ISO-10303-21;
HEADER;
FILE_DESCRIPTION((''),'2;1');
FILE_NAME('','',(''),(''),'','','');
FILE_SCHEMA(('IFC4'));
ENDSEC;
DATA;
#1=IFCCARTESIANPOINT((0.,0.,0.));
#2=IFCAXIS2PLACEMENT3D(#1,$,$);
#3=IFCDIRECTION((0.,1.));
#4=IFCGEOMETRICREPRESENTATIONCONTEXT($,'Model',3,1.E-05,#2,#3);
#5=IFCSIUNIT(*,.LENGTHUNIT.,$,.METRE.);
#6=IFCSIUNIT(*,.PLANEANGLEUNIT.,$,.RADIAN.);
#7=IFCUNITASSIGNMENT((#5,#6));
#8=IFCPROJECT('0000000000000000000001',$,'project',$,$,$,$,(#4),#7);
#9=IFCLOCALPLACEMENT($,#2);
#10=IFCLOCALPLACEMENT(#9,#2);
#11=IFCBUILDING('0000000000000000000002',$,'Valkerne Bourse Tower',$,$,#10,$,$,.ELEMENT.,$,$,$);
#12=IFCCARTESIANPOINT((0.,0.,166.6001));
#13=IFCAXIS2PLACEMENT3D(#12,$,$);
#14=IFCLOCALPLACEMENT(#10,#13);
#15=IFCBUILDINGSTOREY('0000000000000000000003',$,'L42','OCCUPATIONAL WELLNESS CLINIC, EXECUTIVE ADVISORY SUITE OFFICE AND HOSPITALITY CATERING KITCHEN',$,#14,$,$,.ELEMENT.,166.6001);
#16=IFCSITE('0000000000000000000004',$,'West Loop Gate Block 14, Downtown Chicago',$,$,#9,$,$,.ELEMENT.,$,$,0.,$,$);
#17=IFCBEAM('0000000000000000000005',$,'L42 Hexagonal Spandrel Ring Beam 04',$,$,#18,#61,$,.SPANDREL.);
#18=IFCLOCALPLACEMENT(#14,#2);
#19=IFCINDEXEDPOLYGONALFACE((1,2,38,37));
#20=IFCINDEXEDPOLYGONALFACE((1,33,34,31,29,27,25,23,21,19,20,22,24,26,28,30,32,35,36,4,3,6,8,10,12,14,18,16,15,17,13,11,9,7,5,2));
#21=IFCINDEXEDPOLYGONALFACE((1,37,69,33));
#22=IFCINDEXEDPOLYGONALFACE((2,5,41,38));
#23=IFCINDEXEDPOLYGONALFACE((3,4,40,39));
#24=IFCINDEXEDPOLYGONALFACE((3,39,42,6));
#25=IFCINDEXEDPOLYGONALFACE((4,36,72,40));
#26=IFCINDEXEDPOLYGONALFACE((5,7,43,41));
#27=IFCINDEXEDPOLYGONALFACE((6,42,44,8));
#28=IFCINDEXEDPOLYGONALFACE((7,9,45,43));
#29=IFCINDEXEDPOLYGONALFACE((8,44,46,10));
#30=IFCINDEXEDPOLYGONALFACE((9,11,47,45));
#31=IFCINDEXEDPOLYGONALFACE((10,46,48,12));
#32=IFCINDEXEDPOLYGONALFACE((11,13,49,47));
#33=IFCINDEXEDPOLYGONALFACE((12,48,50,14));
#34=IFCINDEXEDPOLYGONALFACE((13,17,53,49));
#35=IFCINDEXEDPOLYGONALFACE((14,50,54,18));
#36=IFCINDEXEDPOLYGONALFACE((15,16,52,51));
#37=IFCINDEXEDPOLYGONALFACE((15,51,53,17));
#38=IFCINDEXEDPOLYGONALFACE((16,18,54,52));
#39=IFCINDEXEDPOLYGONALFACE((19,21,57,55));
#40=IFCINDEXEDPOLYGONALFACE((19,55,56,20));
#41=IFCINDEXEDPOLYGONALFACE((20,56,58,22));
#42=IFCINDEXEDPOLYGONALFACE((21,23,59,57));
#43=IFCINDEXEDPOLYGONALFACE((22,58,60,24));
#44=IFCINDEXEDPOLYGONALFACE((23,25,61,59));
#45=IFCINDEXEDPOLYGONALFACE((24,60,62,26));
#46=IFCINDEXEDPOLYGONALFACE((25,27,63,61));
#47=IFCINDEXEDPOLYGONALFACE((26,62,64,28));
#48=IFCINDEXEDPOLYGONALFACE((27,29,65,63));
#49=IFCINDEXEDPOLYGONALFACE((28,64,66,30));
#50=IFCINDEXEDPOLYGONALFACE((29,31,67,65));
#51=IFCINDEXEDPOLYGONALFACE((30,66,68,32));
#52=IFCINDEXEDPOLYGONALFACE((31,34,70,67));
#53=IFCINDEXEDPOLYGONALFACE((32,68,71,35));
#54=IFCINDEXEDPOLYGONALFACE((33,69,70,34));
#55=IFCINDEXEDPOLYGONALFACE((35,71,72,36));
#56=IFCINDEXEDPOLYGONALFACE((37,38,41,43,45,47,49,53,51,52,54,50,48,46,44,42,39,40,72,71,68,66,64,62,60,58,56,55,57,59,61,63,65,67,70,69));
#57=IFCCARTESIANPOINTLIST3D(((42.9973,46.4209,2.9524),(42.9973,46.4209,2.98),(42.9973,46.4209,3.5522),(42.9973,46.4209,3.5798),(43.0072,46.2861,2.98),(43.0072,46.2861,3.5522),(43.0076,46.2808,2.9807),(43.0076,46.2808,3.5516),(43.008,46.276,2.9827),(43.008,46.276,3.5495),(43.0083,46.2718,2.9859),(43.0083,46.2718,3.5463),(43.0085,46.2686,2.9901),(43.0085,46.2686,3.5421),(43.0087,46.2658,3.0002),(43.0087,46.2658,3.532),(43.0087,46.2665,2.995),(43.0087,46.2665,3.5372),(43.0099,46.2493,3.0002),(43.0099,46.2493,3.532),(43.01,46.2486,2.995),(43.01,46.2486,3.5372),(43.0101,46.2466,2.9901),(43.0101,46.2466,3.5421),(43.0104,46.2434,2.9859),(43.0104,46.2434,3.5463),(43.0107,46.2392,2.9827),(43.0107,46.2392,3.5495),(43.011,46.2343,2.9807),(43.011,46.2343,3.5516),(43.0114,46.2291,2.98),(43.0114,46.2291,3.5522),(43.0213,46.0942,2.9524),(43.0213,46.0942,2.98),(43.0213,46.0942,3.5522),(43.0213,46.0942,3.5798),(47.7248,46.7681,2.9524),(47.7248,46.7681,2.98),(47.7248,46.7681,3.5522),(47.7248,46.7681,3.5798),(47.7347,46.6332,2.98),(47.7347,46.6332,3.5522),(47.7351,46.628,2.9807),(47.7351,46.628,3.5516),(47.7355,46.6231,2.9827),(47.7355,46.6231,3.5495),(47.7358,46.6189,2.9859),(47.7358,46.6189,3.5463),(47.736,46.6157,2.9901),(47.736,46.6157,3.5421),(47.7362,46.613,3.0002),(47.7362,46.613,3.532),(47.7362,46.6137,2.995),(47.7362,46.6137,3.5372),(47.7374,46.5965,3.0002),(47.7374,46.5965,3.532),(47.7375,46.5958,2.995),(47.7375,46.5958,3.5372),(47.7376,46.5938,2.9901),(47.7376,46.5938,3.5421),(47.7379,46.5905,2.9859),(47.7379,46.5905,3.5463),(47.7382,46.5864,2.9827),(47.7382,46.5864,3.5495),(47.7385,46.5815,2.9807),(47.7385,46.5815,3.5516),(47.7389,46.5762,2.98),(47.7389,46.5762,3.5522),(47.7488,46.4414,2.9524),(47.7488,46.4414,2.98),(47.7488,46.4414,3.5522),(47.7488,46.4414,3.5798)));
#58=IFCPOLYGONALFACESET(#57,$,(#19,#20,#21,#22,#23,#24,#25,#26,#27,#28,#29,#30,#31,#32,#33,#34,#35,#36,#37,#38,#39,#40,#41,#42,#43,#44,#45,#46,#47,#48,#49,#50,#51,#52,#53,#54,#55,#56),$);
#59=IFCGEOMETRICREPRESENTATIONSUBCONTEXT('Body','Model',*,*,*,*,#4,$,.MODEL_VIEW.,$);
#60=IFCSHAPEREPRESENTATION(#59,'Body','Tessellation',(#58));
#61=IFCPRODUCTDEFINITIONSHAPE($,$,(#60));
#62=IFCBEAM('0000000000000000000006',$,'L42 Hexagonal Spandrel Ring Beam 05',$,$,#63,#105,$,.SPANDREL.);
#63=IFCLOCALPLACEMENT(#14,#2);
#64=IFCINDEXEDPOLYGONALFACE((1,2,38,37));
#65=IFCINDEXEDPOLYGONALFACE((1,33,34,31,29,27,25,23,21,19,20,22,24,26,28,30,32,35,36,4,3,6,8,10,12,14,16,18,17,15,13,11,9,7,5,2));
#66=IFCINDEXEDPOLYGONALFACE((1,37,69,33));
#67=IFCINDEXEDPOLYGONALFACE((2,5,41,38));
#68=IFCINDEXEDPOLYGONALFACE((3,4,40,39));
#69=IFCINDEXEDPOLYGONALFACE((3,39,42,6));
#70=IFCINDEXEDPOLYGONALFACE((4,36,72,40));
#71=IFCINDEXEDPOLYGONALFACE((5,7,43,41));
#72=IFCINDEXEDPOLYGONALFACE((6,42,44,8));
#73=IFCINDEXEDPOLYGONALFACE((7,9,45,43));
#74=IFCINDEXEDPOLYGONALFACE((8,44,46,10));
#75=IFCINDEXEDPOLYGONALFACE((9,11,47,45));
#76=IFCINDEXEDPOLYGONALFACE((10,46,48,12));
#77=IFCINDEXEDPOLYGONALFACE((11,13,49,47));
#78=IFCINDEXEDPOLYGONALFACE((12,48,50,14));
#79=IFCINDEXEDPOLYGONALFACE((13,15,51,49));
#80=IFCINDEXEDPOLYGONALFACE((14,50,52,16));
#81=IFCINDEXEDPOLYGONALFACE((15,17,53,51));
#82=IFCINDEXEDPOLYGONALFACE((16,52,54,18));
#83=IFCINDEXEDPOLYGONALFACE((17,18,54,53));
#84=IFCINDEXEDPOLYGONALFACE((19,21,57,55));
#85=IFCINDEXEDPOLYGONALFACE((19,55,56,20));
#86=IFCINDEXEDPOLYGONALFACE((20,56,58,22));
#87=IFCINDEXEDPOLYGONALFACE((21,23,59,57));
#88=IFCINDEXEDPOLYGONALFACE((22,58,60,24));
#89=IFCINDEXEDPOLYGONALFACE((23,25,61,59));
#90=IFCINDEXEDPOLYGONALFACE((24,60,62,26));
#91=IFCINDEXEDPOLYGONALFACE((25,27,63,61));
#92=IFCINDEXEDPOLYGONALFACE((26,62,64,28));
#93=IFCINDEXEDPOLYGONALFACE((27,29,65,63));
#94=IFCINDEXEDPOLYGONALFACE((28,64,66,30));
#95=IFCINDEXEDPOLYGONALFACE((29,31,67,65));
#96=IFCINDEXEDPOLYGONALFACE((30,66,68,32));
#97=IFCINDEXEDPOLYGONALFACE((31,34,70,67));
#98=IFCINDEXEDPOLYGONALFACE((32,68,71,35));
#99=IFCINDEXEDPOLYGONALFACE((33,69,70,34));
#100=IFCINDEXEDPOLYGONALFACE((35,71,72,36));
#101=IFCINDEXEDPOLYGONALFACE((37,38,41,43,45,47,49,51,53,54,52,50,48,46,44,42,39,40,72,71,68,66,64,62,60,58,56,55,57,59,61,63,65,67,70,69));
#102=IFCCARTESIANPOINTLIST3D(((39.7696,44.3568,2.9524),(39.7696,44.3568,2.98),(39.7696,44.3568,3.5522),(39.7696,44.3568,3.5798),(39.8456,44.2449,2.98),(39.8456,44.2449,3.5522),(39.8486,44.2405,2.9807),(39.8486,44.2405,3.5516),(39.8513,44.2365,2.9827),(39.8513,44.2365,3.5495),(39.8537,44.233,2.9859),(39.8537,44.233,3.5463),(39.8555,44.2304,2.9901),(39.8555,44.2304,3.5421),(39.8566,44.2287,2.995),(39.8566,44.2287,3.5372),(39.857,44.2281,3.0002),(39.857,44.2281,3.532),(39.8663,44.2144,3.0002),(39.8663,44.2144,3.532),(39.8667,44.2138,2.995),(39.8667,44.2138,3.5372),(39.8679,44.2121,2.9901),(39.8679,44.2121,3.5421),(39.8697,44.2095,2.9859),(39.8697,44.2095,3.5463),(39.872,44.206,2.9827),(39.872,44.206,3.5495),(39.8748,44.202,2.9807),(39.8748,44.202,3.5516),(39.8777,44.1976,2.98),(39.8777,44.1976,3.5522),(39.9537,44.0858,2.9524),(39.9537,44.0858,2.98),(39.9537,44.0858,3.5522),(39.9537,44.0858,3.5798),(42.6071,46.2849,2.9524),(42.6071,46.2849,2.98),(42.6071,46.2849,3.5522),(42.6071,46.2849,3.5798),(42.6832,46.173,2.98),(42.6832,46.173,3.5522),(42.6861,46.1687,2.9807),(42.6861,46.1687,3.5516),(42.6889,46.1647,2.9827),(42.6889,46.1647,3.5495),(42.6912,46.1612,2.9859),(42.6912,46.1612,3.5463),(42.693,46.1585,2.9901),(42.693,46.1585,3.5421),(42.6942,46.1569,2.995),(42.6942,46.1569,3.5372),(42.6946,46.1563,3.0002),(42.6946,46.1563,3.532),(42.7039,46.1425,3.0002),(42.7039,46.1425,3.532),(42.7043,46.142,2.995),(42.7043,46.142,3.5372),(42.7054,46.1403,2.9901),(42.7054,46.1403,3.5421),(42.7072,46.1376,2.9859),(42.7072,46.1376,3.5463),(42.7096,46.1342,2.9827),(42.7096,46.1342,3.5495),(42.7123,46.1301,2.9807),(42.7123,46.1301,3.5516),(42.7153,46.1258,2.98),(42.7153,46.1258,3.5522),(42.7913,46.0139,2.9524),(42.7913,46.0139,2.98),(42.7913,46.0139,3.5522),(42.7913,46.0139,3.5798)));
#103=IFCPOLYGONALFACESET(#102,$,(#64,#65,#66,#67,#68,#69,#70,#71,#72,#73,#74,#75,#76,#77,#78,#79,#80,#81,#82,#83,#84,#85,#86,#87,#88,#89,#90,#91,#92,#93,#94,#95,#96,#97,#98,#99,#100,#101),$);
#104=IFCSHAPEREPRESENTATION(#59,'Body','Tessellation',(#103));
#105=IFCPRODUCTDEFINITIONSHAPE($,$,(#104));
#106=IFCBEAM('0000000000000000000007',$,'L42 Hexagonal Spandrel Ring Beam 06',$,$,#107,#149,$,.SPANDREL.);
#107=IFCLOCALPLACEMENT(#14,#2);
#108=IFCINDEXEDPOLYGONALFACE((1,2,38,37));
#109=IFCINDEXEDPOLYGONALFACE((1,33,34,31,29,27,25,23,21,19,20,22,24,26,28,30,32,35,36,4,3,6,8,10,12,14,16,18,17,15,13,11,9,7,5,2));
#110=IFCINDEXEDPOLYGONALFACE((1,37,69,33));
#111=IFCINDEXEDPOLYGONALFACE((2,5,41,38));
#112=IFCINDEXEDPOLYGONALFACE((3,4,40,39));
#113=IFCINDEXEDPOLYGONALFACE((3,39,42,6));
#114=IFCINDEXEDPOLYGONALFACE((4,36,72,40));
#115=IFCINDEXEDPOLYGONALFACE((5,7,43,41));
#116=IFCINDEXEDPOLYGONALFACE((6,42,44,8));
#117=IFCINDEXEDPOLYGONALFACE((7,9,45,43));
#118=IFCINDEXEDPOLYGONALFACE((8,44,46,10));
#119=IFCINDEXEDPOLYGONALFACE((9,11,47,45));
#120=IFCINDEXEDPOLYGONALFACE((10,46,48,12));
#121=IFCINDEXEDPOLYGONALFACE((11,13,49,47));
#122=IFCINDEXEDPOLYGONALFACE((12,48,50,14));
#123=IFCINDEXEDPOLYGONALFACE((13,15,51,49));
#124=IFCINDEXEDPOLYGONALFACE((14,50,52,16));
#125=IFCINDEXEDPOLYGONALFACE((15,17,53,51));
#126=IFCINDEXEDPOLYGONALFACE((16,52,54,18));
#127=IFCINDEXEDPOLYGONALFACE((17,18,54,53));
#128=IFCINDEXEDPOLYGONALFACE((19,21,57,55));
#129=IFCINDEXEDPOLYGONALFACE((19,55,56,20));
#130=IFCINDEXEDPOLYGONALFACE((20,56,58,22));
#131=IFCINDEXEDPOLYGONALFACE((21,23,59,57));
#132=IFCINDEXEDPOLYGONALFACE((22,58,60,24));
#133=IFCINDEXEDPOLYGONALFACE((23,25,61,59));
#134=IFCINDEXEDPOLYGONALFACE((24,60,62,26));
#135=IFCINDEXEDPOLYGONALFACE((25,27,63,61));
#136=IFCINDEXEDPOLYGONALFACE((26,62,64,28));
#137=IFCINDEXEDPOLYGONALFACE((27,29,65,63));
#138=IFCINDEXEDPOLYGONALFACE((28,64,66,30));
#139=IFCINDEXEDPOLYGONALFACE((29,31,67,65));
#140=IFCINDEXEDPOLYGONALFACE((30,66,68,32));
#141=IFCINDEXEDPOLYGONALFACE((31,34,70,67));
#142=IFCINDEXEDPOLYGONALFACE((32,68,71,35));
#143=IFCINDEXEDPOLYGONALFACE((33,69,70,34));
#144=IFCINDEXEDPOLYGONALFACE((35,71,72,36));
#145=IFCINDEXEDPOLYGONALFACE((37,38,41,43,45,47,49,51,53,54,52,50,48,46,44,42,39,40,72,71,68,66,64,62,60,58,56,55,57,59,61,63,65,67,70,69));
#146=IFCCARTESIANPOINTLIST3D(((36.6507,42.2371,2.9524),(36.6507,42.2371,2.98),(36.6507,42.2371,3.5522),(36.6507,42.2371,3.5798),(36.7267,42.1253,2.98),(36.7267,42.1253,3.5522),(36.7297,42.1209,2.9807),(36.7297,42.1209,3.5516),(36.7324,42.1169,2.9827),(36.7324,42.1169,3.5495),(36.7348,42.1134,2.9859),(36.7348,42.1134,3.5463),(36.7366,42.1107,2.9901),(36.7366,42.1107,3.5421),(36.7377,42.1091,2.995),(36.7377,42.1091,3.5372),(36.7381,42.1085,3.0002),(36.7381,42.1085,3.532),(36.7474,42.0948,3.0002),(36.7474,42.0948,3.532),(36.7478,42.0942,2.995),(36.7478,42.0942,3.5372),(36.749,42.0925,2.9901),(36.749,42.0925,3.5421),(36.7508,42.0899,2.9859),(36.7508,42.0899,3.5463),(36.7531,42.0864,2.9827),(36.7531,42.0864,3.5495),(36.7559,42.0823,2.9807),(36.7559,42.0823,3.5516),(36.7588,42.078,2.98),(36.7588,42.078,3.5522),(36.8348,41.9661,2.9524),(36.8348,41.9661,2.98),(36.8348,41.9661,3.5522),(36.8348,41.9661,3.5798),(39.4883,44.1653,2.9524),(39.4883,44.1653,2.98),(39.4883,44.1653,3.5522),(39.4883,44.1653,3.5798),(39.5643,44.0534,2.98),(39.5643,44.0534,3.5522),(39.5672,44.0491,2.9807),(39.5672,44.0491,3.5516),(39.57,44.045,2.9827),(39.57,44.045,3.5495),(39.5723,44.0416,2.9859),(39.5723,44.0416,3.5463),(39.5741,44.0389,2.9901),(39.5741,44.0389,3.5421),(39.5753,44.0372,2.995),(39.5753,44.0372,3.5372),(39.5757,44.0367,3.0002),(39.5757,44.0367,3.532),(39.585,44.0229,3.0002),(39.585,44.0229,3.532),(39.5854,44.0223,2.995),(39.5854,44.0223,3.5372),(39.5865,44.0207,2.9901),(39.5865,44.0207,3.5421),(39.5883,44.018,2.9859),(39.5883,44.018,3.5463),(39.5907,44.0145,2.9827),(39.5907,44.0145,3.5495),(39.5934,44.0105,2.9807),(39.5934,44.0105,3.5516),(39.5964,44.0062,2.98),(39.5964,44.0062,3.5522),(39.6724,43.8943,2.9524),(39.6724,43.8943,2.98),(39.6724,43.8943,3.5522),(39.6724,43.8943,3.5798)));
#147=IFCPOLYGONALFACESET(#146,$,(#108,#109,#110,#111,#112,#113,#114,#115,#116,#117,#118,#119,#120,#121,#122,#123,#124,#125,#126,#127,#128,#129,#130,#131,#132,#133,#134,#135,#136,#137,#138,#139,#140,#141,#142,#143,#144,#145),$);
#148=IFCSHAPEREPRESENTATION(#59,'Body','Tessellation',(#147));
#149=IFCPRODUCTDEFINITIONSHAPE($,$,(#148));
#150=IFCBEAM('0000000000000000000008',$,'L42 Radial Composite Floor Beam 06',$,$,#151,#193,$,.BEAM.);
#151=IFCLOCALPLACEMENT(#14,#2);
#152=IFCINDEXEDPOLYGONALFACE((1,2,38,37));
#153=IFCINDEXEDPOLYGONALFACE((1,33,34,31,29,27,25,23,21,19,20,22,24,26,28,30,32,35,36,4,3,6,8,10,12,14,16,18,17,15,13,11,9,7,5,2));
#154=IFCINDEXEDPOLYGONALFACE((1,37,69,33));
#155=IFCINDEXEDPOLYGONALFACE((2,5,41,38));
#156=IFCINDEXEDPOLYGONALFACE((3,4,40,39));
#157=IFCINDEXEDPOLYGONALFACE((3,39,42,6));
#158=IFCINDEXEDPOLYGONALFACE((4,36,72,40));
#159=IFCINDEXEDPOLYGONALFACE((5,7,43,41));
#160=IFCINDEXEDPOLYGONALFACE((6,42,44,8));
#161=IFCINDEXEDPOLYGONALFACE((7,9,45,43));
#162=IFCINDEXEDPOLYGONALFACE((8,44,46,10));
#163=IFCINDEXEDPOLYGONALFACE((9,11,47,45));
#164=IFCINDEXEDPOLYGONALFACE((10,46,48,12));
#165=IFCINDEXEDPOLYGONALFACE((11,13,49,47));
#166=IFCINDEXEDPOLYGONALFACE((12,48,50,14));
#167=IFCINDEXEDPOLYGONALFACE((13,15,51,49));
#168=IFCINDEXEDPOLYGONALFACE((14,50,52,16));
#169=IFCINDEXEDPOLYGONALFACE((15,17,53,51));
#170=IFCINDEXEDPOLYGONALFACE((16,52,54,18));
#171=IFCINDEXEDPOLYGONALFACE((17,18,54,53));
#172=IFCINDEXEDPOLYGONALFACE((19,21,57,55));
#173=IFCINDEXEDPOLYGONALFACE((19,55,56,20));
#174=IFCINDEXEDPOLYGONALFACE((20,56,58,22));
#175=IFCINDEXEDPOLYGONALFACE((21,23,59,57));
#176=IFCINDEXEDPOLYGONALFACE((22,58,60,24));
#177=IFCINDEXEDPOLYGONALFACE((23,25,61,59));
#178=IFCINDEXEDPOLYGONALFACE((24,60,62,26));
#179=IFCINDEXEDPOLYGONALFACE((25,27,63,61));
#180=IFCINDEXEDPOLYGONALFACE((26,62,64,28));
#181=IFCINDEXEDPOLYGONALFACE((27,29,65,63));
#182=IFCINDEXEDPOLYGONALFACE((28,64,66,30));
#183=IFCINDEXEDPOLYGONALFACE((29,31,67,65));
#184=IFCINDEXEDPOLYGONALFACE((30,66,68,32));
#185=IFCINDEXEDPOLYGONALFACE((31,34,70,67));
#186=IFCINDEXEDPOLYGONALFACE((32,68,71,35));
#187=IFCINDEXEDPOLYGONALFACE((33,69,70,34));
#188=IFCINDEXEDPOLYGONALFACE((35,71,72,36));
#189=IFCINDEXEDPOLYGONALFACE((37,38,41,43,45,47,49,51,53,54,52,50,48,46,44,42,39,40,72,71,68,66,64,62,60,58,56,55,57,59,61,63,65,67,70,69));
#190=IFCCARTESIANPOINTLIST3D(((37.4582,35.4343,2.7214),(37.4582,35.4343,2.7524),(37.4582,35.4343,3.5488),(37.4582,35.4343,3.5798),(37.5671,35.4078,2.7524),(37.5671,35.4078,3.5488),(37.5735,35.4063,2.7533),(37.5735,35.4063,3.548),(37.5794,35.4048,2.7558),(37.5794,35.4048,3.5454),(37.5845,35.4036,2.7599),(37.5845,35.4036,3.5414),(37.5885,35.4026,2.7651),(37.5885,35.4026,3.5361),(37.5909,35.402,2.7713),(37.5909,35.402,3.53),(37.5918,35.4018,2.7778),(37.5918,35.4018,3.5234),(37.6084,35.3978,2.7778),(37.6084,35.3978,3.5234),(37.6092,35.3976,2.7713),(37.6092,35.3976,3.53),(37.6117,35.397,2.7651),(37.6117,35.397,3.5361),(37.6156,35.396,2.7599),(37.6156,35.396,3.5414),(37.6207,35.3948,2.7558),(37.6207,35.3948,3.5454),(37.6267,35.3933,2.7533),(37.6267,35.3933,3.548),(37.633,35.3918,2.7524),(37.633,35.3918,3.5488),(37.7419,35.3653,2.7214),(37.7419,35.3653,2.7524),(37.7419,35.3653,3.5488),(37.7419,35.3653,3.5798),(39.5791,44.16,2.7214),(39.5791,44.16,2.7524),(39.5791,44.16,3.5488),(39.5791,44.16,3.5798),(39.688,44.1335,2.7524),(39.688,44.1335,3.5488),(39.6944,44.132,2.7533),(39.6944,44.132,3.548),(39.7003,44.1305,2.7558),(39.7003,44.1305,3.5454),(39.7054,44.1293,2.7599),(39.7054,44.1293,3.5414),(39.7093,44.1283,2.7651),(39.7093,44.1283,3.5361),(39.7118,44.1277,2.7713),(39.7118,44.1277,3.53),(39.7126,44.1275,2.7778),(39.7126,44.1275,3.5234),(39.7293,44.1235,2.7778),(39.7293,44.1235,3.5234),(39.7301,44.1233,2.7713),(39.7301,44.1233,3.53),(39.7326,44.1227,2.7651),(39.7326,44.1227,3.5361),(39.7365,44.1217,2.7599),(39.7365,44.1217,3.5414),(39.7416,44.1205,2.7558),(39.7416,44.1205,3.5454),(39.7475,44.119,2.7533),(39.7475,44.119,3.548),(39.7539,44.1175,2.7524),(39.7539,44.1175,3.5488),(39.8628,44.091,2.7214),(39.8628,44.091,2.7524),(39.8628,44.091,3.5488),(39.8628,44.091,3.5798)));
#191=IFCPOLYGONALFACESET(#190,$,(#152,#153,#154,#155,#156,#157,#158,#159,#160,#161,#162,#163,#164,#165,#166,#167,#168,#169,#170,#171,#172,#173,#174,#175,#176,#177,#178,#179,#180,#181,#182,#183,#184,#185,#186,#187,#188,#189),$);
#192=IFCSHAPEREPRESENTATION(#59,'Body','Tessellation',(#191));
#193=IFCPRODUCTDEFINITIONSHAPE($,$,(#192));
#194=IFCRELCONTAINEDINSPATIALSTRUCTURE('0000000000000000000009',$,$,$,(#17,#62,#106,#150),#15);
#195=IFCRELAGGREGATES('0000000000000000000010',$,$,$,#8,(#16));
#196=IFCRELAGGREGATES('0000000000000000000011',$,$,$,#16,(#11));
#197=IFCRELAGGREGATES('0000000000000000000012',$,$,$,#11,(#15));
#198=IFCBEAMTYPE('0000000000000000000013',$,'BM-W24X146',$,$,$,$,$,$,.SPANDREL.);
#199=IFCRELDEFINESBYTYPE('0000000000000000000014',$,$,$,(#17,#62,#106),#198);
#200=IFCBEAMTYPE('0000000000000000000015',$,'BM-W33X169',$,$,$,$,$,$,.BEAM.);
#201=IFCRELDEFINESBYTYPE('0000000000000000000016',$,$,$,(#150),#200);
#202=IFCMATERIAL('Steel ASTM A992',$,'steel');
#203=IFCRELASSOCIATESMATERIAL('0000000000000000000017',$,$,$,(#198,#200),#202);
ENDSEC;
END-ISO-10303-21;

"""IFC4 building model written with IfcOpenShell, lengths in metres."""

from ifc_helpers import new_model, si_unit, direction, frame, origin, origin_2d, place, context, subcontext, project, spatial, i_section, extrude, material, material_profile, profile_set, type_object, element, save


model = new_model("IFC4")

# Units and contexts
model_context = context("Model", 3, precision=1e-05, world=origin(), true_north=direction((0.0, 1.0)))
body_context = subcontext(model_context, "Body", "Model", "MODEL_VIEW")
ifc_project = project(units=[si_unit("LENGTHUNIT", "METRE"), si_unit("PLANEANGLEUNIT", "RADIAN")], contexts=[model_context])

# Site, building, storey
site_placement = place(None, origin())
site = spatial("IfcSite", under=ifc_project, at=site_placement, Name="West Loop Gate Block 14, Downtown Chicago", CompositionType="ELEMENT", RefElevation=0.0)
building_placement = place(site_placement, origin())
building = spatial("IfcBuilding", under=site, at=building_placement, Name="Valkerne Bourse Tower", CompositionType="ELEMENT")
storey_placement = place(building_placement, frame((0.0, 0.0, 166.6001)))
storey = spatial("IfcBuildingStorey", under=building, at=storey_placement, Name="L42", Description="OCCUPATIONAL WELLNESS CLINIC, EXECUTIVE ADVISORY SUITE OFFICE AND HOSPITALITY CATERING KITCHEN", CompositionType="ELEMENT", Elevation=166.6001)

# Beams
ifc_material_1 = material(Name="Steel ASTM A992", Category="steel")
ifc_material_profile_1 = material_profile(ifc_material_1, i_section(OverallWidth=0.3276, OverallDepth=0.6274, WebThickness=0.0166, FlangeThickness=0.0276, FilletRadius=0.0203, at=origin_2d()), Name="W24X146")
ifc_profile_set_1 = profile_set([ifc_material_profile_1], Name="Steel ASTM A992")
beam_type_1 = type_object("IfcBeamType", Name="BM-W24X146", PredefinedType="SPANDREL", material=ifc_profile_set_1)
beam_1_placement = place(storey_placement, frame((47.7368, 46.6047, 3.2661), z_axis=(-0.997314, -0.073238, 0.0), x_axis=(0.073238, -0.997314, 0.0)))
element("IfcBeam", 1, at=beam_1_placement, inside=storey, type_object=beam_type_1, Name="L42 Hexagonal Spandrel Ring Beam 04", PredefinedType="SPANDREL", context=body_context, shape_type="SweptSolid", body=[
    extrude(i_section(OverallWidth=0.3276, OverallDepth=0.6274, WebThickness=0.0166, FlangeThickness=0.0276, FilletRadius=0.0203, at=origin_2d()), origin(), (0.0, 0.0, 1.0), 4.7402),
])
for number, where, z_axis, x_axis, name in (
    (2, (42.6992, 46.1494, 3.2661), (-0.827113, -0.562036, 0.0), (0.562036, -0.827113, 0.0), "L42 Hexagonal Spandrel Ring Beam 05"),
    (3, (39.5803, 44.0298, 3.2661), (-0.827113, -0.562036, 0.0), (0.562036, -0.827113, 0.0), "L42 Hexagonal Spandrel Ring Beam 06"),
):
    element("IfcBeam", number, at=place(storey_placement, frame(where, z_axis=z_axis, x_axis=x_axis)), inside=storey, type_object=beam_type_1, Name=name, PredefinedType="SPANDREL", context=body_context, shape_type="SweptSolid", body=[
        extrude(i_section(OverallWidth=0.3276, OverallDepth=0.6274, WebThickness=0.0166, FlangeThickness=0.0276, FilletRadius=0.0203, at=origin_2d()), origin(), (0.0, 0.0, 1.0), 3.4307),
    ])
ifc_material_profile_2 = material_profile(ifc_material_1, i_section(OverallWidth=0.292, OverallDepth=0.8584, WebThickness=0.0171, FlangeThickness=0.031, FilletRadius=0.0254, at=origin_2d()), Name="W33X169")
ifc_profile_set_2 = profile_set([ifc_material_profile_2], Name="Steel ASTM A992")
beam_type_2 = type_object("IfcBeamType", Name="BM-W33X169", PredefinedType="BEAM", material=ifc_profile_set_2)
beam_2_placement = place(storey_placement, frame((39.7209, 44.1255, 3.1506), z_axis=(-0.236184, -0.971708, 0.0), x_axis=(0.971708, -0.236184, 0.0)))
element("IfcBeam", 4, at=beam_2_placement, inside=storey, type_object=beam_type_2, Name="L42 Radial Composite Floor Beam 06", PredefinedType="BEAM", context=body_context, shape_type="SweptSolid", body=[
    extrude(i_section(OverallWidth=0.292, OverallDepth=0.8584, WebThickness=0.0171, FlangeThickness=0.031, FilletRadius=0.0254, at=origin_2d()), origin(), (0.0, 0.0, 1.0), 8.9797),
])

save(model, "model.ifc")
